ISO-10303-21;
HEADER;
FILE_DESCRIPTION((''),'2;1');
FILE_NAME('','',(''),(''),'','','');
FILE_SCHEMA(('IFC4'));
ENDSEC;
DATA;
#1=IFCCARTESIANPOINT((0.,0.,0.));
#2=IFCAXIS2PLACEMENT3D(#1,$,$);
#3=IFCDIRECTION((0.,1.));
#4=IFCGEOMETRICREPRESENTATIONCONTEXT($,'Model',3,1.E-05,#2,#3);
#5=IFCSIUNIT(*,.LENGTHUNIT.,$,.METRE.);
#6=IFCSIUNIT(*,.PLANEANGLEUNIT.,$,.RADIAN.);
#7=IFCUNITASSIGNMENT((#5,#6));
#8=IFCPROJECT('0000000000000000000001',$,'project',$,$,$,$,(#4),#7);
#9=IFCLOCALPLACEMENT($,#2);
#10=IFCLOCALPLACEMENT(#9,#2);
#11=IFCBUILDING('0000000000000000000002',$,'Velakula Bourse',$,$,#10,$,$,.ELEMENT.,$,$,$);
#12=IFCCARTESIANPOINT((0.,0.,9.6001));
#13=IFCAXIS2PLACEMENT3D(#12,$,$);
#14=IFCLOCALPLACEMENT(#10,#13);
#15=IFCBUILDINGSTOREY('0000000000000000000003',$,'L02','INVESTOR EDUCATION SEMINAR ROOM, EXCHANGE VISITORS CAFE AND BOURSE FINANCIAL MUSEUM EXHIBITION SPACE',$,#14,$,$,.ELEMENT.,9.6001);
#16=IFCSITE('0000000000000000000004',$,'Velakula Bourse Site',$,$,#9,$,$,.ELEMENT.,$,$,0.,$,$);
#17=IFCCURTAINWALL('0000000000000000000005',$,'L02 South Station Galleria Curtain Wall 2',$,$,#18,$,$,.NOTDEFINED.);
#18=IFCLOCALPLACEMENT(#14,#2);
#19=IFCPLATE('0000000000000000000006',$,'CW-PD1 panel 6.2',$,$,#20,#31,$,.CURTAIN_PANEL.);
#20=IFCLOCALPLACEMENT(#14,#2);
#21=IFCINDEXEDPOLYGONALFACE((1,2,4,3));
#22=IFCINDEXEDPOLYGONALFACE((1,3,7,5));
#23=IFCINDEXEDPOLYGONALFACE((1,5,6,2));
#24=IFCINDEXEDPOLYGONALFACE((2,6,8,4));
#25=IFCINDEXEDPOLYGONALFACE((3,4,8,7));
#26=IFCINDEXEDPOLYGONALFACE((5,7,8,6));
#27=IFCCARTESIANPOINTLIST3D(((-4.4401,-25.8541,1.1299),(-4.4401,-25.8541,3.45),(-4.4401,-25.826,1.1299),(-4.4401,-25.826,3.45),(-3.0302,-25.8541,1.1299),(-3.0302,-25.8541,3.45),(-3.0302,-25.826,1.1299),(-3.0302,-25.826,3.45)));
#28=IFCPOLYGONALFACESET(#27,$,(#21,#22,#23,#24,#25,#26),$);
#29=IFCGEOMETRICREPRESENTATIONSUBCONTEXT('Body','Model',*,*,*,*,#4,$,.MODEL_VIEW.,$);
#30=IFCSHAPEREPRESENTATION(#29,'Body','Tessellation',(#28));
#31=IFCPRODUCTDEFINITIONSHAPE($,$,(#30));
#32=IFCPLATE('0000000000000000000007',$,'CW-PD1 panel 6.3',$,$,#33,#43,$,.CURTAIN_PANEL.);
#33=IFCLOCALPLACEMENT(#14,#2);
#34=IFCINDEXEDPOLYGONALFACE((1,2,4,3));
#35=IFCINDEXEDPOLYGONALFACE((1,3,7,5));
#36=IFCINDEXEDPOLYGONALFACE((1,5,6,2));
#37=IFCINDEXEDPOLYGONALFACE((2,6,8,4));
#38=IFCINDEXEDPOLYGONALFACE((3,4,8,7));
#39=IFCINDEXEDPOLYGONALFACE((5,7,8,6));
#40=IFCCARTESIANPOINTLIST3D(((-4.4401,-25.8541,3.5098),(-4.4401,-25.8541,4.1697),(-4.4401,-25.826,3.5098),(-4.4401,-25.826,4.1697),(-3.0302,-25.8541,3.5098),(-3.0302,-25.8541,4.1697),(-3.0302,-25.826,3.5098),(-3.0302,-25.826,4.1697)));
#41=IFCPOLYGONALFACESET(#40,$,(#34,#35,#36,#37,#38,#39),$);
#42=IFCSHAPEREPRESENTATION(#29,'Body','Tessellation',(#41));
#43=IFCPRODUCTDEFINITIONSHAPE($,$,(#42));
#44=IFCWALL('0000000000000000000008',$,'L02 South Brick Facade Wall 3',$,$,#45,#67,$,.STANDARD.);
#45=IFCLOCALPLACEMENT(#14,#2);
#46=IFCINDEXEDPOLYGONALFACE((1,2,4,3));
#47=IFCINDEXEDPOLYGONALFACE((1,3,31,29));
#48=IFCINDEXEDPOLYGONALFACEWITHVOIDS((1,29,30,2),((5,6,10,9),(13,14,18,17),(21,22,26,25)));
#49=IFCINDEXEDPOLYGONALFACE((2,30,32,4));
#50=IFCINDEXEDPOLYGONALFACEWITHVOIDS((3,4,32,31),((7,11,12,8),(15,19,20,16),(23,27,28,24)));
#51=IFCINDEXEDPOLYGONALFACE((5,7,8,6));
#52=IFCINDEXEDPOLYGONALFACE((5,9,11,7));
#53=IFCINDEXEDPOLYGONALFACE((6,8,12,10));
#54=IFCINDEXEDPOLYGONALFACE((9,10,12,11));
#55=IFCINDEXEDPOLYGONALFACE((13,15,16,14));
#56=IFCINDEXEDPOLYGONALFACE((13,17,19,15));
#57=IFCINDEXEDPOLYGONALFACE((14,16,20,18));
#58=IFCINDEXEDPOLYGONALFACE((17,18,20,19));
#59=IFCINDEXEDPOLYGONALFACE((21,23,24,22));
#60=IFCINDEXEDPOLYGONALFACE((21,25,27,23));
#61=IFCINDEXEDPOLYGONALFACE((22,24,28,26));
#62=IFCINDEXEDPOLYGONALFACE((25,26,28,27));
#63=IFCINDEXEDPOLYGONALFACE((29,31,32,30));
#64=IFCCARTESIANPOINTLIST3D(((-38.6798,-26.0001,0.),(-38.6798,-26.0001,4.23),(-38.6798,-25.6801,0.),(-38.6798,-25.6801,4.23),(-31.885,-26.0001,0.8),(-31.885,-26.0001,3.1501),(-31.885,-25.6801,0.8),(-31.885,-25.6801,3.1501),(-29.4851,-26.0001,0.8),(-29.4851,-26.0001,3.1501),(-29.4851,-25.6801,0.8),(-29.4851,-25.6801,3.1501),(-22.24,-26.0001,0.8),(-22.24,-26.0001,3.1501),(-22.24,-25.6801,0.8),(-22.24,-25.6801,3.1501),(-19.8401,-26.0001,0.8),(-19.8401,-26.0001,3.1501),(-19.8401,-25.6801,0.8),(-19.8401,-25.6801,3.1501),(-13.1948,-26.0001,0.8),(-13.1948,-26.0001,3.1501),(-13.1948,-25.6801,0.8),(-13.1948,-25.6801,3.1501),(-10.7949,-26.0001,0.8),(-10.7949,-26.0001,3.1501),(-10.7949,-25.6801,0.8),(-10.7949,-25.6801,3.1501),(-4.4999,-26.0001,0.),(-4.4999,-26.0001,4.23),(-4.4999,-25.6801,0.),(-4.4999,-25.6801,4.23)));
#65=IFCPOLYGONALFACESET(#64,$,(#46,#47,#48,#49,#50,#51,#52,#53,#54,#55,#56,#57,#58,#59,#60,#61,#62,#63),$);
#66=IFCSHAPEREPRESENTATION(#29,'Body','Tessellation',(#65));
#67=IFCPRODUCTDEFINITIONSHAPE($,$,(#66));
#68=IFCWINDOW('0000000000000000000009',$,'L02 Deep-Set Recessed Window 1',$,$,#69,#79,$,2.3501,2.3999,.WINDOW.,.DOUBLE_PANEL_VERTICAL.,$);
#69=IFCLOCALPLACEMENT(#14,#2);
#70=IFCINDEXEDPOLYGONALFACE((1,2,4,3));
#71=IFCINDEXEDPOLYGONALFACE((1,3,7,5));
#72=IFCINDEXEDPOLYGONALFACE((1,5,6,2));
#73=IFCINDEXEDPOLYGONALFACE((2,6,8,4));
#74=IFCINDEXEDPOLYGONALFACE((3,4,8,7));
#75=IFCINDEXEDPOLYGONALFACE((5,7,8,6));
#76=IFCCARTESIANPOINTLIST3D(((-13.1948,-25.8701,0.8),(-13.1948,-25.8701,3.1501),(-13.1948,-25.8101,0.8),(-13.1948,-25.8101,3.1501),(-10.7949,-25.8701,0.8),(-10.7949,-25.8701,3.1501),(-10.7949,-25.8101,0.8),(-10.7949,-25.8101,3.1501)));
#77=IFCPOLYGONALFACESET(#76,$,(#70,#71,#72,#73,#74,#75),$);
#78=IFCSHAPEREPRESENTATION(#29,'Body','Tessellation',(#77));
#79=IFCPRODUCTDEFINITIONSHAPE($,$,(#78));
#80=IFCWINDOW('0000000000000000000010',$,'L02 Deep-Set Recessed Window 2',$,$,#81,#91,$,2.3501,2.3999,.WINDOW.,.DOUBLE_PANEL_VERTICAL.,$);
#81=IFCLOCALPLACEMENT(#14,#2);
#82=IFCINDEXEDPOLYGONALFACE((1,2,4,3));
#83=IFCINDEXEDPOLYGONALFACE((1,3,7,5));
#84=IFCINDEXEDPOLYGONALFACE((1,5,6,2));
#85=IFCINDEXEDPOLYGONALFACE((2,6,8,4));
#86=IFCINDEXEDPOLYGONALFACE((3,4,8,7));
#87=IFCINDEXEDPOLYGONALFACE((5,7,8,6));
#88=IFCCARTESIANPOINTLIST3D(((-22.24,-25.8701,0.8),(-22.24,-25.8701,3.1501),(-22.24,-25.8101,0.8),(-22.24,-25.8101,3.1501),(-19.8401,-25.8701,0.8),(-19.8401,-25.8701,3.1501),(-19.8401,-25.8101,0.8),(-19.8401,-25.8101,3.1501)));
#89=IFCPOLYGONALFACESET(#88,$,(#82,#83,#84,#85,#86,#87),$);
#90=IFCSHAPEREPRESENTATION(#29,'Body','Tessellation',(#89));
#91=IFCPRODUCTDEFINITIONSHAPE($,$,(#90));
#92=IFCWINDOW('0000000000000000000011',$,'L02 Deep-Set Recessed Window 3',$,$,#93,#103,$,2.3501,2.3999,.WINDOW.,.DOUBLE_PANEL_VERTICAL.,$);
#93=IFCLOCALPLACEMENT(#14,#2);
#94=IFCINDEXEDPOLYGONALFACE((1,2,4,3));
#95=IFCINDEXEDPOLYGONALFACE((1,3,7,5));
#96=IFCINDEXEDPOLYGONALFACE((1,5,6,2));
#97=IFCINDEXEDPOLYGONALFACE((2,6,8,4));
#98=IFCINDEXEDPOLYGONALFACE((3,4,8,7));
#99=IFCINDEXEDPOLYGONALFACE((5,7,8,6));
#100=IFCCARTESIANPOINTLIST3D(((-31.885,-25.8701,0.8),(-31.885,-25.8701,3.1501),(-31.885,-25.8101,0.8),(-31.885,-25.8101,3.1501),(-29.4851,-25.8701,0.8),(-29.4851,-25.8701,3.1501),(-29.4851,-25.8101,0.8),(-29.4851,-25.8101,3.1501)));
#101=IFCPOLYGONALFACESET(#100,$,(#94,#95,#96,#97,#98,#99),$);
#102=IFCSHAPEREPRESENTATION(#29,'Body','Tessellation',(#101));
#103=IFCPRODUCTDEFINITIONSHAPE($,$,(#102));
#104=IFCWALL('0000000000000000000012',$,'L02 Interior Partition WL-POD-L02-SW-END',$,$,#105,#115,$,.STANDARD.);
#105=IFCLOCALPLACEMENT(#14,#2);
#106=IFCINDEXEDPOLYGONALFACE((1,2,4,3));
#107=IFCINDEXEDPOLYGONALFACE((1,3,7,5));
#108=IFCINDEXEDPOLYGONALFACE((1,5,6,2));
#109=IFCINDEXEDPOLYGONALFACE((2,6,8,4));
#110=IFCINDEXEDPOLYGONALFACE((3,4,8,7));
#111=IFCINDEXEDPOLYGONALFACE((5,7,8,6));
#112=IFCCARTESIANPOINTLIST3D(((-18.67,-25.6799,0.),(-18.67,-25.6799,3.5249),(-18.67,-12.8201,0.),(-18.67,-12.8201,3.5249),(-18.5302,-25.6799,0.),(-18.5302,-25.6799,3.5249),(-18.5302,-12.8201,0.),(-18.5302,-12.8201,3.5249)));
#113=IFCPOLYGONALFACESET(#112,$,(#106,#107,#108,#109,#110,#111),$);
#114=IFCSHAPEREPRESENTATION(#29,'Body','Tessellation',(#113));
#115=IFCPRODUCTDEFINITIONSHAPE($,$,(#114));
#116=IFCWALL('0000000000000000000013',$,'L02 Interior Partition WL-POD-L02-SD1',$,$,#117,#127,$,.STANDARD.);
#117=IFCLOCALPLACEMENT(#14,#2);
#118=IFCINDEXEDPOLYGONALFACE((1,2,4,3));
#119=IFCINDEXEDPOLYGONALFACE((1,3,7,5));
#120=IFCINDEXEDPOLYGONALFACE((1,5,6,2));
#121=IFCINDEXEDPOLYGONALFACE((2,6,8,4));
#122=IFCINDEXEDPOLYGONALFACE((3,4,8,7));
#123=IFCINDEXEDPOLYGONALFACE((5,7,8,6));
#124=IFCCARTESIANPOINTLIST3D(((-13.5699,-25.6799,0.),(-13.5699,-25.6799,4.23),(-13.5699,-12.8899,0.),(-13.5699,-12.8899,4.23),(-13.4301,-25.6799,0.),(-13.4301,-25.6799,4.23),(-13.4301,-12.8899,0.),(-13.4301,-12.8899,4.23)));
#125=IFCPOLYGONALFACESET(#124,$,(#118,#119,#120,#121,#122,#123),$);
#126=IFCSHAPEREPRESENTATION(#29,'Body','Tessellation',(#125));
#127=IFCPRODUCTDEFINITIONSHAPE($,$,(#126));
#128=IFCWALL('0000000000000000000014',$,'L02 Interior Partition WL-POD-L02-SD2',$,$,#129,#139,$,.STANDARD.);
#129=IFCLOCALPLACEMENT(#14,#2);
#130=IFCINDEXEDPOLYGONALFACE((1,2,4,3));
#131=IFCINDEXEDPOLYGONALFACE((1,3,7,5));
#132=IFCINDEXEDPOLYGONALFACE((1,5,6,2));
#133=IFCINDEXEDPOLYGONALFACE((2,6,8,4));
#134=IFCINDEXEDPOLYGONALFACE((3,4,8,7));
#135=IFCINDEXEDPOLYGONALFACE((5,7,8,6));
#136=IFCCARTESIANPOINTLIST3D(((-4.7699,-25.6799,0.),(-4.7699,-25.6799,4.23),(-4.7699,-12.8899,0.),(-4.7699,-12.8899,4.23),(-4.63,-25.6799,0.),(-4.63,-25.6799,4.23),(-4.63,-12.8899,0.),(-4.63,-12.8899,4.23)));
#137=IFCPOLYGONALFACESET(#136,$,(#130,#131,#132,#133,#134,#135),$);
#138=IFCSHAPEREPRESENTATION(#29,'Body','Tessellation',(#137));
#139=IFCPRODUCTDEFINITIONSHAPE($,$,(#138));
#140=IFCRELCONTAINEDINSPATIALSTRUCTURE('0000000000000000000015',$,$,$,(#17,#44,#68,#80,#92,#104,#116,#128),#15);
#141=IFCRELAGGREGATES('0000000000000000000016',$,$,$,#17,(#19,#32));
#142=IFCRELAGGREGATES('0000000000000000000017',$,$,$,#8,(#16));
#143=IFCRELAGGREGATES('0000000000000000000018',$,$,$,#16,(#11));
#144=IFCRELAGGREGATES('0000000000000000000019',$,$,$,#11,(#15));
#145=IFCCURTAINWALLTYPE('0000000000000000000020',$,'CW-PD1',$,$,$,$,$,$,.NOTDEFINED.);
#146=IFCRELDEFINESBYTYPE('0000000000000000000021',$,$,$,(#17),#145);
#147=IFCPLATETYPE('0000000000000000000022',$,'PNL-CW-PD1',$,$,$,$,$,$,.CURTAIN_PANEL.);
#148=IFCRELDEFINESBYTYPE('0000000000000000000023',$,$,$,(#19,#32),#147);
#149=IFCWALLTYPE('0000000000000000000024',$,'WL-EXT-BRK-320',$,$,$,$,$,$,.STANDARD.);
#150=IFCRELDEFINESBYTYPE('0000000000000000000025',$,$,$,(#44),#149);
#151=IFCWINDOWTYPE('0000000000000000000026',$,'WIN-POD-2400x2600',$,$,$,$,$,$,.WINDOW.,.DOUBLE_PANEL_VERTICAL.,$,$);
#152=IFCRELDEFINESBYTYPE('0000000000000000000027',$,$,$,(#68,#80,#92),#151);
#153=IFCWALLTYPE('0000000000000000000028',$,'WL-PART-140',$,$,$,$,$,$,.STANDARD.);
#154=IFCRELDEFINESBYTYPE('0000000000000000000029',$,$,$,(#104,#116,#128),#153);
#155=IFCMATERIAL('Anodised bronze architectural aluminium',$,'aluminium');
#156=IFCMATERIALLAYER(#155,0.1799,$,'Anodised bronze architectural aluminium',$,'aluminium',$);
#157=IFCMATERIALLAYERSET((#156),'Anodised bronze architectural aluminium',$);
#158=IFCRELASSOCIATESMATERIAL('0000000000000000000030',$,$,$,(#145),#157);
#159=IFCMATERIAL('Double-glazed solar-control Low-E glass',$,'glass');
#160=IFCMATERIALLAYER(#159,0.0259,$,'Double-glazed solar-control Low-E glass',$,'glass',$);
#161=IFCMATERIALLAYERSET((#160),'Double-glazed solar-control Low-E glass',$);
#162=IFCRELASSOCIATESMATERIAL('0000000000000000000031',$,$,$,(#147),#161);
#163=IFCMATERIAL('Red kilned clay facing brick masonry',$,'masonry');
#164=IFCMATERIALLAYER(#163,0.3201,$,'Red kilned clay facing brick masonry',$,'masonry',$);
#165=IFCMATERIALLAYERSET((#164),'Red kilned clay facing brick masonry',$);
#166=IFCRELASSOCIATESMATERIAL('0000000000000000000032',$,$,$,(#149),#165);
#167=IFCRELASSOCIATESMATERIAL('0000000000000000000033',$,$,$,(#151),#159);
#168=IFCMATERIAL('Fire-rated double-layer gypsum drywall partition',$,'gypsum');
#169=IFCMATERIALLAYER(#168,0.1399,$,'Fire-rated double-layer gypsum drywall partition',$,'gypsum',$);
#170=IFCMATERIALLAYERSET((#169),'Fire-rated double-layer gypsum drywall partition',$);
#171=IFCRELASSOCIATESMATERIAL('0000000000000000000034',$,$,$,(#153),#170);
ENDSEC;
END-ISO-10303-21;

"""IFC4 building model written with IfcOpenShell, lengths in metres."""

from ifc_helpers import new_model, si_unit, direction, frame, frame_2d, origin, origin_2d, place, context, subcontext, project, spatial, rectangle, extrude, material, layer, layer_set, type_object, element, fill, aggregate, save


model = new_model("IFC4")

# Units and contexts
model_context = context("Model", 3, precision=1e-05, world=origin(), true_north=direction((0.0, 1.0)))
body_context = subcontext(model_context, "Body", "Model", "MODEL_VIEW")
ifc_project = project(units=[si_unit("LENGTHUNIT", "METRE"), si_unit("PLANEANGLEUNIT", "RADIAN")], contexts=[model_context])

# Site, building, storey
site_placement = place(None, origin())
site = spatial("IfcSite", under=ifc_project, at=site_placement, Name="Velakula Bourse Site", CompositionType="ELEMENT", RefElevation=0.0)
building_placement = place(site_placement, origin())
building = spatial("IfcBuilding", under=site, at=building_placement, Name="Velakula Bourse", CompositionType="ELEMENT")
storey_placement = place(building_placement, frame((0.0, 0.0, 9.6001)))
storey = spatial("IfcBuildingStorey", under=building, at=storey_placement, Name="L02", Description="INVESTOR EDUCATION SEMINAR ROOM, EXCHANGE VISITORS CAFE AND BOURSE FINANCIAL MUSEUM EXHIBITION SPACE", CompositionType="ELEMENT", Elevation=9.6001)

# Curtain wall, plates
ifc_material_1 = material(Name="Anodised bronze architectural aluminium", Category="aluminium")
ifc_layer_1 = layer(ifc_material_1, 0.1799, Name="Anodised bronze architectural aluminium", Category="aluminium")
ifc_layer_set_1 = layer_set([ifc_layer_1], Name="Anodised bronze architectural aluminium")
curtain_wall_type = type_object("IfcCurtainWallType", Name="CW-PD1", PredefinedType="NOTDEFINED", material=ifc_layer_set_1)
curtain_wall_placement = place(storey_placement, origin())
curtain_wall = element("IfcCurtainWall", 1, at=curtain_wall_placement, inside=storey, type_object=curtain_wall_type, Name="L02 South Station Galleria Curtain Wall 2", PredefinedType="NOTDEFINED")
ifc_material_2 = material(Name="Double-glazed solar-control Low-E glass", Category="glass")
ifc_layer_2 = layer(ifc_material_2, 0.0259, Name="Double-glazed solar-control Low-E glass", Category="glass")
ifc_layer_set_2 = layer_set([ifc_layer_2], Name="Double-glazed solar-control Low-E glass")
plate_type = type_object("IfcPlateType", Name="PNL-CW-PD1", PredefinedType="CURTAIN_PANEL", material=ifc_layer_set_2)
plate_1_placement = place(storey_placement, frame((-3.7351, -25.8401, 1.1299), z_axis=(0.0, 0.0, 1.0), x_axis=(-1.0, 0.0, 0.0)))
plate_1 = element("IfcPlate", 2, at=plate_1_placement, type_object=plate_type, Name="CW-PD1 panel 6.2", PredefinedType="CURTAIN_PANEL", context=body_context, shape_type="SweptSolid", body=[
    extrude(rectangle(XDim=1.4099, YDim=0.0281, at=origin_2d()), origin(), (0.0, 0.0, 1.0), 2.3201),
])
plate_2_placement = place(storey_placement, frame((-3.7351, -25.8401, 3.5098), z_axis=(0.0, 0.0, 1.0), x_axis=(-1.0, 0.0, 0.0)))
plate_2 = element("IfcPlate", 3, at=plate_2_placement, type_object=plate_type, Name="CW-PD1 panel 6.3", PredefinedType="CURTAIN_PANEL", context=body_context, shape_type="SweptSolid", body=[
    extrude(rectangle(XDim=1.4099, YDim=0.0281, at=origin_2d()), origin(), (0.0, 0.0, 1.0), 0.6599),
])
aggregate(curtain_wall, [plate_1, plate_2])

# Wall, openings, windows
ifc_material_3 = material(Name="Red kilned clay facing brick masonry", Category="masonry")
ifc_layer_3 = layer(ifc_material_3, 0.3201, Name="Red kilned clay facing brick masonry", Category="masonry")
ifc_layer_set_3 = layer_set([ifc_layer_3], Name="Red kilned clay facing brick masonry")
wall_type_1 = type_object("IfcWallType", Name="WL-EXT-BRK-320", PredefinedType="STANDARD", material=ifc_layer_set_3)
wall_1_placement = place(storey_placement, frame((-4.5, -25.8401, 0.0), z_axis=(0.0, 0.0, 1.0), x_axis=(-1.0, 0.0, 0.0)))
wall_1 = element("IfcWall", 4, at=wall_1_placement, inside=storey, type_object=wall_type_1, Name="L02 South Brick Facade Wall 3", PredefinedType="STANDARD", context=body_context, shape_type="SweptSolid", body=[
    extrude(rectangle(XDim=34.1799, YDim=0.3201, at=frame_2d((17.0898, 0.0))), origin(), (0.0, 0.0, 1.0), 4.23),
])
opening_1_placement = place(wall_1_placement, frame((6.2949, 0.0, 0.8)))
opening_1 = element("IfcOpeningElement", 5, at=opening_1_placement, cuts=wall_1, PredefinedType="OPENING", context=body_context, shape_type="SweptSolid", body=[
    extrude(rectangle(XDim=2.3999, YDim=2.3501, at=frame_2d((1.2, 1.175))), frame((0.0, 0.1699, 0.0), z_axis=(0.0, -1.0, 0.0), x_axis=(1.0, 0.0, 0.0)), (0.0, 0.0, 1.0), 0.3401),
])
opening_2_placement = place(wall_1_placement, frame((15.3401, 0.0, 0.8)))
opening_2 = element("IfcOpeningElement", 6, at=opening_2_placement, cuts=wall_1, PredefinedType="OPENING", context=body_context, shape_type="SweptSolid", body=[
    extrude(rectangle(XDim=2.3999, YDim=2.3501, at=frame_2d((1.2, 1.175))), frame((0.0, 0.1699, 0.0), z_axis=(0.0, -1.0, 0.0), x_axis=(1.0, 0.0, 0.0)), (0.0, 0.0, 1.0), 0.3401),
])
opening_3_placement = place(wall_1_placement, frame((24.9851, 0.0, 0.8)))
opening_3 = element("IfcOpeningElement", 7, at=opening_3_placement, cuts=wall_1, PredefinedType="OPENING", context=body_context, shape_type="SweptSolid", body=[
    extrude(rectangle(XDim=2.3999, YDim=2.3501, at=frame_2d((1.2, 1.175))), frame((0.0, 0.1699, 0.0), z_axis=(0.0, -1.0, 0.0), x_axis=(1.0, 0.0, 0.0)), (0.0, 0.0, 1.0), 0.3401),
])
window_type = type_object("IfcWindowType", Name="WIN-POD-2400x2600", PartitioningType="DOUBLE_PANEL_VERTICAL", PredefinedType="WINDOW", material=ifc_material_2)
window_1_placement = place(opening_1_placement, origin())
window_1 = element("IfcWindow", 8, at=window_1_placement, inside=storey, type_object=window_type, Name="L02 Deep-Set Recessed Window 1", OverallHeight=2.3501, OverallWidth=2.3999, PartitioningType="DOUBLE_PANEL_VERTICAL", PredefinedType="WINDOW", context=body_context, shape_type="SweptSolid", body=[
    extrude(rectangle(XDim=2.3999, YDim=2.3501, at=frame_2d((1.2, 1.175))), frame((0.0, 0.03, 0.0), z_axis=(0.0, -1.0, 0.0), x_axis=(1.0, 0.0, 0.0)), (0.0, 0.0, 1.0), 0.0601),
])
fill(opening_1, window_1)
window_2_placement = place(opening_2_placement, origin())
window_2 = element("IfcWindow", 9, at=window_2_placement, inside=storey, type_object=window_type, Name="L02 Deep-Set Recessed Window 2", OverallHeight=2.3501, OverallWidth=2.3999, PartitioningType="DOUBLE_PANEL_VERTICAL", PredefinedType="WINDOW", context=body_context, shape_type="SweptSolid", body=[
    extrude(rectangle(XDim=2.3999, YDim=2.3501, at=frame_2d((1.2, 1.175))), frame((0.0, 0.03, 0.0), z_axis=(0.0, -1.0, 0.0), x_axis=(1.0, 0.0, 0.0)), (0.0, 0.0, 1.0), 0.0601),
])
fill(opening_2, window_2)
window_3_placement = place(opening_3_placement, origin())
window_3 = element("IfcWindow", 10, at=window_3_placement, inside=storey, type_object=window_type, Name="L02 Deep-Set Recessed Window 3", OverallHeight=2.3501, OverallWidth=2.3999, PartitioningType="DOUBLE_PANEL_VERTICAL", PredefinedType="WINDOW", context=body_context, shape_type="SweptSolid", body=[
    extrude(rectangle(XDim=2.3999, YDim=2.3501, at=frame_2d((1.2, 1.175))), frame((0.0, 0.03, 0.0), z_axis=(0.0, -1.0, 0.0), x_axis=(1.0, 0.0, 0.0)), (0.0, 0.0, 1.0), 0.0601),
])
fill(opening_3, window_3)

# Walls
ifc_material_4 = material(Name="Fire-rated double-layer gypsum drywall partition", Category="gypsum")
ifc_layer_4 = layer(ifc_material_4, 0.1399, Name="Fire-rated double-layer gypsum drywall partition", Category="gypsum")
ifc_layer_set_4 = layer_set([ifc_layer_4], Name="Fire-rated double-layer gypsum drywall partition")
wall_type_2 = type_object("IfcWallType", Name="WL-PART-140", PredefinedType="STANDARD", material=ifc_layer_set_4)
wall_2_placement = place(storey_placement, frame((-18.6001, -25.6799, 0.0), z_axis=(0.0, 0.0, 1.0), x_axis=(0.0, 1.0, 0.0)))
element("IfcWall", 11, at=wall_2_placement, inside=storey, type_object=wall_type_2, Name="L02 Interior Partition WL-POD-L02-SW-END", PredefinedType="STANDARD", context=body_context, shape_type="SweptSolid", body=[
    extrude(rectangle(XDim=12.8599, YDim=0.1399, at=frame_2d((6.4299, 0.0))), origin(), (0.0, 0.0, 1.0), 3.5249),
])
for number, where, z_axis, x_axis, name in (
    (12, (-13.5, -25.6799, 0.0), (0.0, 0.0, 1.0), (0.0, 1.0, 0.0), "L02 Interior Partition WL-POD-L02-SD1"),
    (13, (-4.7, -25.6799, 0.0), (0.0, 0.0, 1.0), (0.0, 1.0, 0.0), "L02 Interior Partition WL-POD-L02-SD2"),
):
    element("IfcWall", number, at=place(storey_placement, frame(where, z_axis=z_axis, x_axis=x_axis)), inside=storey, type_object=wall_type_2, Name=name, PredefinedType="STANDARD", context=body_context, shape_type="SweptSolid", body=[
        extrude(rectangle(XDim=12.79, YDim=0.1399, at=frame_2d((6.395, 0.0))), origin(), (0.0, 0.0, 1.0), 4.23),
    ])

save(model, "model.ifc")
